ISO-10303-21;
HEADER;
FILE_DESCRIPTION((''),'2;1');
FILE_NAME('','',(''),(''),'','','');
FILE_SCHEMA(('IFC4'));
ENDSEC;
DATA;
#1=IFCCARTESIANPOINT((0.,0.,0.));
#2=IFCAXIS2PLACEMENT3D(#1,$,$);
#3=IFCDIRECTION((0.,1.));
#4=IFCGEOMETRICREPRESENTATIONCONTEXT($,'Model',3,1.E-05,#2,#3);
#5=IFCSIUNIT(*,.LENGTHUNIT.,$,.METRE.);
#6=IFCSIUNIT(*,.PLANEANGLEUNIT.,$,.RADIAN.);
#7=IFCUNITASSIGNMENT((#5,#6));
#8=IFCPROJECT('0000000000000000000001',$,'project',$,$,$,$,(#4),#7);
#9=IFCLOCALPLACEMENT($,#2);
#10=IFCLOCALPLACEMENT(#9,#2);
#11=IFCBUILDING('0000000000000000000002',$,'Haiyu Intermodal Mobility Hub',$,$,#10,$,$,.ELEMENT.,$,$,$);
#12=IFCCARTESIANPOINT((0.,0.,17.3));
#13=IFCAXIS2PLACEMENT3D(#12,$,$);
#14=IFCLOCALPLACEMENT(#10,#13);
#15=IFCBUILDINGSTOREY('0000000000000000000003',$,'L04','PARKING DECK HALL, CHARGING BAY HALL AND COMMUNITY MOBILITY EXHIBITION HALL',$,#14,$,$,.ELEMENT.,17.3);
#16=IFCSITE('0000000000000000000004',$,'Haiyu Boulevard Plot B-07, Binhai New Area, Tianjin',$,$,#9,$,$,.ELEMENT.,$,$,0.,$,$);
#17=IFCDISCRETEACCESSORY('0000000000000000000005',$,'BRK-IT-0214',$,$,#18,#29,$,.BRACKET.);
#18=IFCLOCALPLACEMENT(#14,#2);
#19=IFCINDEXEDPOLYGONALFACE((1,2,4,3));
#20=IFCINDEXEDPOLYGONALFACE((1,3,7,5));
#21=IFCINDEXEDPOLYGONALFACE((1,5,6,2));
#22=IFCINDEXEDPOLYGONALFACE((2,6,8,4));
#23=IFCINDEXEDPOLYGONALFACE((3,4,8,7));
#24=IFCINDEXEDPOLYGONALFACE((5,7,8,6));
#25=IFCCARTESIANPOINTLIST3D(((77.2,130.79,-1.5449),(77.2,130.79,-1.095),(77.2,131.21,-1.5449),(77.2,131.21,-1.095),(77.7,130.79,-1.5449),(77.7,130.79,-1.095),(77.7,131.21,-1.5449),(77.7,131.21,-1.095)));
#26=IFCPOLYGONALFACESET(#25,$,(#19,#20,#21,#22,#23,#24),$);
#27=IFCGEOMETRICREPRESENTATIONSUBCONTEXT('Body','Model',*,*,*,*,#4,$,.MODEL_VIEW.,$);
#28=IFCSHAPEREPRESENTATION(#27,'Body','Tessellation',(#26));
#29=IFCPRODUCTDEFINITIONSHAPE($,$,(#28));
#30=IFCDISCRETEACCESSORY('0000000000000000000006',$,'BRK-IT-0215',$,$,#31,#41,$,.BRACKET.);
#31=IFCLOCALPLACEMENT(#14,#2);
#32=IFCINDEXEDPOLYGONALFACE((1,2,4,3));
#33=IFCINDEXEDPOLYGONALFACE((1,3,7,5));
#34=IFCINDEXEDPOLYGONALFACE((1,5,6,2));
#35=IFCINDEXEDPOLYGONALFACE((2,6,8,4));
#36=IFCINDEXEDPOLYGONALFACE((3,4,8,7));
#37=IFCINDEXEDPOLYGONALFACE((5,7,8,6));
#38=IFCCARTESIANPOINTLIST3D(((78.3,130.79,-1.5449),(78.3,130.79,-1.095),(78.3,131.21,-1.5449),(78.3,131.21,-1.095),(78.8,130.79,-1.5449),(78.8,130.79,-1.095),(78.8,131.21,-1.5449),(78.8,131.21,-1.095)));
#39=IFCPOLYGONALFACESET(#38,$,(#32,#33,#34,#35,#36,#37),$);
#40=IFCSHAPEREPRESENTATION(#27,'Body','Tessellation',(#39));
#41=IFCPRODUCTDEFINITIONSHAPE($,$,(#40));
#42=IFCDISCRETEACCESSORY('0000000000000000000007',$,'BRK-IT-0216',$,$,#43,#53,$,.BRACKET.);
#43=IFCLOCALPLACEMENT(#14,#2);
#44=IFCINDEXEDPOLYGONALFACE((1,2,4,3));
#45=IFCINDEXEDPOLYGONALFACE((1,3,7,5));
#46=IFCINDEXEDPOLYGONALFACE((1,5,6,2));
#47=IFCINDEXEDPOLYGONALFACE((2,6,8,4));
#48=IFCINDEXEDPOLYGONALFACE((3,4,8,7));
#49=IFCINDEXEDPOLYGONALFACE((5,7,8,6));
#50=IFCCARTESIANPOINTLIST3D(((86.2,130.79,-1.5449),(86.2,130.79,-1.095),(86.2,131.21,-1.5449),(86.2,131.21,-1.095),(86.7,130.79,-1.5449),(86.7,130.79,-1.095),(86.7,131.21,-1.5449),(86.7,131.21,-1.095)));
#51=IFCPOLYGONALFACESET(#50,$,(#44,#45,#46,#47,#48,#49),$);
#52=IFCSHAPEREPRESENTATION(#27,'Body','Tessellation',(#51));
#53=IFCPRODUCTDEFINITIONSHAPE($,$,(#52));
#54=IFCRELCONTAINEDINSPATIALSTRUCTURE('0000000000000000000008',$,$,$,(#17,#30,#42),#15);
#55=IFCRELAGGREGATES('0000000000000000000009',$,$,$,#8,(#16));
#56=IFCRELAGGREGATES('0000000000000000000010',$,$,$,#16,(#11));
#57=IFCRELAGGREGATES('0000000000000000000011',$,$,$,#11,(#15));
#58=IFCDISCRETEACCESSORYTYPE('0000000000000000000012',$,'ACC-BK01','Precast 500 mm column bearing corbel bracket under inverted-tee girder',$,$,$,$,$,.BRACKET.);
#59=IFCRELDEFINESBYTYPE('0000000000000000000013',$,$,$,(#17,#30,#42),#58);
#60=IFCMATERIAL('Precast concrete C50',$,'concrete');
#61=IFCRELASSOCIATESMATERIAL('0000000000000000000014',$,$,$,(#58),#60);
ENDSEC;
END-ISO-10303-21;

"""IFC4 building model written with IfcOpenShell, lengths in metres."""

from ifc_helpers import new_model, si_unit, direction, frame, origin, origin_2d, place, context, subcontext, project, spatial, rectangle, extrude, material, type_object, element, save


model = new_model("IFC4")

# Units and contexts
model_context = context("Model", 3, precision=1e-05, world=origin(), true_north=direction((0.0, 1.0)))
body_context = subcontext(model_context, "Body", "Model", "MODEL_VIEW")
ifc_project = project(units=[si_unit("LENGTHUNIT", "METRE"), si_unit("PLANEANGLEUNIT", "RADIAN")], contexts=[model_context])

# Site, building, storey
site_placement = place(None, origin())
site = spatial("IfcSite", under=ifc_project, at=site_placement, Name="Haiyu Boulevard Plot B-07, Binhai New Area, Tianjin", CompositionType="ELEMENT", RefElevation=0.0)
building_placement = place(site_placement, origin())
building = spatial("IfcBuilding", under=site, at=building_placement, Name="Haiyu Intermodal Mobility Hub", CompositionType="ELEMENT")
storey_placement = place(building_placement, frame((0.0, 0.0, 17.3)))
storey = spatial("IfcBuildingStorey", under=building, at=storey_placement, Name="L04", Description="PARKING DECK HALL, CHARGING BAY HALL AND COMMUNITY MOBILITY EXHIBITION HALL", CompositionType="ELEMENT", Elevation=17.3)

# Shared definitions
ifc_material_1 = material(Name="Precast concrete C50", Category="concrete")

# Discrete accessories
discrete_accessory_type = type_object("IfcDiscreteAccessoryType", Name="ACC-BK01", Description="Precast 500 mm column bearing corbel bracket under inverted-tee girder", PredefinedType="BRACKET", material=ifc_material_1)
for number, where, z_axis, x_axis, name in (
    (1, (77.45, 131.0, -1.5449), (0.0, 0.0, 1.0), (1.0, 0.0, 0.0), "BRK-IT-0214"),
    (2, (78.55, 131.0, -1.5449), (0.0, 0.0, 1.0), (1.0, 0.0, 0.0), "BRK-IT-0215"),
    (3, (86.45, 131.0, -1.5449), (0.0, 0.0, 1.0), (1.0, 0.0, 0.0), "BRK-IT-0216"),
):
    element("IfcDiscreteAccessory", number, at=place(storey_placement, frame(where, z_axis=z_axis, x_axis=x_axis)), inside=storey, type_object=discrete_accessory_type, Name=name, PredefinedType="BRACKET", context=body_context, shape_type="SweptSolid", body=[
        extrude(rectangle(XDim=0.5, YDim=0.4199, at=origin_2d()), origin(), (0.0, 0.0, 1.0), 0.45),
    ])

save(model, "model.ifc")
